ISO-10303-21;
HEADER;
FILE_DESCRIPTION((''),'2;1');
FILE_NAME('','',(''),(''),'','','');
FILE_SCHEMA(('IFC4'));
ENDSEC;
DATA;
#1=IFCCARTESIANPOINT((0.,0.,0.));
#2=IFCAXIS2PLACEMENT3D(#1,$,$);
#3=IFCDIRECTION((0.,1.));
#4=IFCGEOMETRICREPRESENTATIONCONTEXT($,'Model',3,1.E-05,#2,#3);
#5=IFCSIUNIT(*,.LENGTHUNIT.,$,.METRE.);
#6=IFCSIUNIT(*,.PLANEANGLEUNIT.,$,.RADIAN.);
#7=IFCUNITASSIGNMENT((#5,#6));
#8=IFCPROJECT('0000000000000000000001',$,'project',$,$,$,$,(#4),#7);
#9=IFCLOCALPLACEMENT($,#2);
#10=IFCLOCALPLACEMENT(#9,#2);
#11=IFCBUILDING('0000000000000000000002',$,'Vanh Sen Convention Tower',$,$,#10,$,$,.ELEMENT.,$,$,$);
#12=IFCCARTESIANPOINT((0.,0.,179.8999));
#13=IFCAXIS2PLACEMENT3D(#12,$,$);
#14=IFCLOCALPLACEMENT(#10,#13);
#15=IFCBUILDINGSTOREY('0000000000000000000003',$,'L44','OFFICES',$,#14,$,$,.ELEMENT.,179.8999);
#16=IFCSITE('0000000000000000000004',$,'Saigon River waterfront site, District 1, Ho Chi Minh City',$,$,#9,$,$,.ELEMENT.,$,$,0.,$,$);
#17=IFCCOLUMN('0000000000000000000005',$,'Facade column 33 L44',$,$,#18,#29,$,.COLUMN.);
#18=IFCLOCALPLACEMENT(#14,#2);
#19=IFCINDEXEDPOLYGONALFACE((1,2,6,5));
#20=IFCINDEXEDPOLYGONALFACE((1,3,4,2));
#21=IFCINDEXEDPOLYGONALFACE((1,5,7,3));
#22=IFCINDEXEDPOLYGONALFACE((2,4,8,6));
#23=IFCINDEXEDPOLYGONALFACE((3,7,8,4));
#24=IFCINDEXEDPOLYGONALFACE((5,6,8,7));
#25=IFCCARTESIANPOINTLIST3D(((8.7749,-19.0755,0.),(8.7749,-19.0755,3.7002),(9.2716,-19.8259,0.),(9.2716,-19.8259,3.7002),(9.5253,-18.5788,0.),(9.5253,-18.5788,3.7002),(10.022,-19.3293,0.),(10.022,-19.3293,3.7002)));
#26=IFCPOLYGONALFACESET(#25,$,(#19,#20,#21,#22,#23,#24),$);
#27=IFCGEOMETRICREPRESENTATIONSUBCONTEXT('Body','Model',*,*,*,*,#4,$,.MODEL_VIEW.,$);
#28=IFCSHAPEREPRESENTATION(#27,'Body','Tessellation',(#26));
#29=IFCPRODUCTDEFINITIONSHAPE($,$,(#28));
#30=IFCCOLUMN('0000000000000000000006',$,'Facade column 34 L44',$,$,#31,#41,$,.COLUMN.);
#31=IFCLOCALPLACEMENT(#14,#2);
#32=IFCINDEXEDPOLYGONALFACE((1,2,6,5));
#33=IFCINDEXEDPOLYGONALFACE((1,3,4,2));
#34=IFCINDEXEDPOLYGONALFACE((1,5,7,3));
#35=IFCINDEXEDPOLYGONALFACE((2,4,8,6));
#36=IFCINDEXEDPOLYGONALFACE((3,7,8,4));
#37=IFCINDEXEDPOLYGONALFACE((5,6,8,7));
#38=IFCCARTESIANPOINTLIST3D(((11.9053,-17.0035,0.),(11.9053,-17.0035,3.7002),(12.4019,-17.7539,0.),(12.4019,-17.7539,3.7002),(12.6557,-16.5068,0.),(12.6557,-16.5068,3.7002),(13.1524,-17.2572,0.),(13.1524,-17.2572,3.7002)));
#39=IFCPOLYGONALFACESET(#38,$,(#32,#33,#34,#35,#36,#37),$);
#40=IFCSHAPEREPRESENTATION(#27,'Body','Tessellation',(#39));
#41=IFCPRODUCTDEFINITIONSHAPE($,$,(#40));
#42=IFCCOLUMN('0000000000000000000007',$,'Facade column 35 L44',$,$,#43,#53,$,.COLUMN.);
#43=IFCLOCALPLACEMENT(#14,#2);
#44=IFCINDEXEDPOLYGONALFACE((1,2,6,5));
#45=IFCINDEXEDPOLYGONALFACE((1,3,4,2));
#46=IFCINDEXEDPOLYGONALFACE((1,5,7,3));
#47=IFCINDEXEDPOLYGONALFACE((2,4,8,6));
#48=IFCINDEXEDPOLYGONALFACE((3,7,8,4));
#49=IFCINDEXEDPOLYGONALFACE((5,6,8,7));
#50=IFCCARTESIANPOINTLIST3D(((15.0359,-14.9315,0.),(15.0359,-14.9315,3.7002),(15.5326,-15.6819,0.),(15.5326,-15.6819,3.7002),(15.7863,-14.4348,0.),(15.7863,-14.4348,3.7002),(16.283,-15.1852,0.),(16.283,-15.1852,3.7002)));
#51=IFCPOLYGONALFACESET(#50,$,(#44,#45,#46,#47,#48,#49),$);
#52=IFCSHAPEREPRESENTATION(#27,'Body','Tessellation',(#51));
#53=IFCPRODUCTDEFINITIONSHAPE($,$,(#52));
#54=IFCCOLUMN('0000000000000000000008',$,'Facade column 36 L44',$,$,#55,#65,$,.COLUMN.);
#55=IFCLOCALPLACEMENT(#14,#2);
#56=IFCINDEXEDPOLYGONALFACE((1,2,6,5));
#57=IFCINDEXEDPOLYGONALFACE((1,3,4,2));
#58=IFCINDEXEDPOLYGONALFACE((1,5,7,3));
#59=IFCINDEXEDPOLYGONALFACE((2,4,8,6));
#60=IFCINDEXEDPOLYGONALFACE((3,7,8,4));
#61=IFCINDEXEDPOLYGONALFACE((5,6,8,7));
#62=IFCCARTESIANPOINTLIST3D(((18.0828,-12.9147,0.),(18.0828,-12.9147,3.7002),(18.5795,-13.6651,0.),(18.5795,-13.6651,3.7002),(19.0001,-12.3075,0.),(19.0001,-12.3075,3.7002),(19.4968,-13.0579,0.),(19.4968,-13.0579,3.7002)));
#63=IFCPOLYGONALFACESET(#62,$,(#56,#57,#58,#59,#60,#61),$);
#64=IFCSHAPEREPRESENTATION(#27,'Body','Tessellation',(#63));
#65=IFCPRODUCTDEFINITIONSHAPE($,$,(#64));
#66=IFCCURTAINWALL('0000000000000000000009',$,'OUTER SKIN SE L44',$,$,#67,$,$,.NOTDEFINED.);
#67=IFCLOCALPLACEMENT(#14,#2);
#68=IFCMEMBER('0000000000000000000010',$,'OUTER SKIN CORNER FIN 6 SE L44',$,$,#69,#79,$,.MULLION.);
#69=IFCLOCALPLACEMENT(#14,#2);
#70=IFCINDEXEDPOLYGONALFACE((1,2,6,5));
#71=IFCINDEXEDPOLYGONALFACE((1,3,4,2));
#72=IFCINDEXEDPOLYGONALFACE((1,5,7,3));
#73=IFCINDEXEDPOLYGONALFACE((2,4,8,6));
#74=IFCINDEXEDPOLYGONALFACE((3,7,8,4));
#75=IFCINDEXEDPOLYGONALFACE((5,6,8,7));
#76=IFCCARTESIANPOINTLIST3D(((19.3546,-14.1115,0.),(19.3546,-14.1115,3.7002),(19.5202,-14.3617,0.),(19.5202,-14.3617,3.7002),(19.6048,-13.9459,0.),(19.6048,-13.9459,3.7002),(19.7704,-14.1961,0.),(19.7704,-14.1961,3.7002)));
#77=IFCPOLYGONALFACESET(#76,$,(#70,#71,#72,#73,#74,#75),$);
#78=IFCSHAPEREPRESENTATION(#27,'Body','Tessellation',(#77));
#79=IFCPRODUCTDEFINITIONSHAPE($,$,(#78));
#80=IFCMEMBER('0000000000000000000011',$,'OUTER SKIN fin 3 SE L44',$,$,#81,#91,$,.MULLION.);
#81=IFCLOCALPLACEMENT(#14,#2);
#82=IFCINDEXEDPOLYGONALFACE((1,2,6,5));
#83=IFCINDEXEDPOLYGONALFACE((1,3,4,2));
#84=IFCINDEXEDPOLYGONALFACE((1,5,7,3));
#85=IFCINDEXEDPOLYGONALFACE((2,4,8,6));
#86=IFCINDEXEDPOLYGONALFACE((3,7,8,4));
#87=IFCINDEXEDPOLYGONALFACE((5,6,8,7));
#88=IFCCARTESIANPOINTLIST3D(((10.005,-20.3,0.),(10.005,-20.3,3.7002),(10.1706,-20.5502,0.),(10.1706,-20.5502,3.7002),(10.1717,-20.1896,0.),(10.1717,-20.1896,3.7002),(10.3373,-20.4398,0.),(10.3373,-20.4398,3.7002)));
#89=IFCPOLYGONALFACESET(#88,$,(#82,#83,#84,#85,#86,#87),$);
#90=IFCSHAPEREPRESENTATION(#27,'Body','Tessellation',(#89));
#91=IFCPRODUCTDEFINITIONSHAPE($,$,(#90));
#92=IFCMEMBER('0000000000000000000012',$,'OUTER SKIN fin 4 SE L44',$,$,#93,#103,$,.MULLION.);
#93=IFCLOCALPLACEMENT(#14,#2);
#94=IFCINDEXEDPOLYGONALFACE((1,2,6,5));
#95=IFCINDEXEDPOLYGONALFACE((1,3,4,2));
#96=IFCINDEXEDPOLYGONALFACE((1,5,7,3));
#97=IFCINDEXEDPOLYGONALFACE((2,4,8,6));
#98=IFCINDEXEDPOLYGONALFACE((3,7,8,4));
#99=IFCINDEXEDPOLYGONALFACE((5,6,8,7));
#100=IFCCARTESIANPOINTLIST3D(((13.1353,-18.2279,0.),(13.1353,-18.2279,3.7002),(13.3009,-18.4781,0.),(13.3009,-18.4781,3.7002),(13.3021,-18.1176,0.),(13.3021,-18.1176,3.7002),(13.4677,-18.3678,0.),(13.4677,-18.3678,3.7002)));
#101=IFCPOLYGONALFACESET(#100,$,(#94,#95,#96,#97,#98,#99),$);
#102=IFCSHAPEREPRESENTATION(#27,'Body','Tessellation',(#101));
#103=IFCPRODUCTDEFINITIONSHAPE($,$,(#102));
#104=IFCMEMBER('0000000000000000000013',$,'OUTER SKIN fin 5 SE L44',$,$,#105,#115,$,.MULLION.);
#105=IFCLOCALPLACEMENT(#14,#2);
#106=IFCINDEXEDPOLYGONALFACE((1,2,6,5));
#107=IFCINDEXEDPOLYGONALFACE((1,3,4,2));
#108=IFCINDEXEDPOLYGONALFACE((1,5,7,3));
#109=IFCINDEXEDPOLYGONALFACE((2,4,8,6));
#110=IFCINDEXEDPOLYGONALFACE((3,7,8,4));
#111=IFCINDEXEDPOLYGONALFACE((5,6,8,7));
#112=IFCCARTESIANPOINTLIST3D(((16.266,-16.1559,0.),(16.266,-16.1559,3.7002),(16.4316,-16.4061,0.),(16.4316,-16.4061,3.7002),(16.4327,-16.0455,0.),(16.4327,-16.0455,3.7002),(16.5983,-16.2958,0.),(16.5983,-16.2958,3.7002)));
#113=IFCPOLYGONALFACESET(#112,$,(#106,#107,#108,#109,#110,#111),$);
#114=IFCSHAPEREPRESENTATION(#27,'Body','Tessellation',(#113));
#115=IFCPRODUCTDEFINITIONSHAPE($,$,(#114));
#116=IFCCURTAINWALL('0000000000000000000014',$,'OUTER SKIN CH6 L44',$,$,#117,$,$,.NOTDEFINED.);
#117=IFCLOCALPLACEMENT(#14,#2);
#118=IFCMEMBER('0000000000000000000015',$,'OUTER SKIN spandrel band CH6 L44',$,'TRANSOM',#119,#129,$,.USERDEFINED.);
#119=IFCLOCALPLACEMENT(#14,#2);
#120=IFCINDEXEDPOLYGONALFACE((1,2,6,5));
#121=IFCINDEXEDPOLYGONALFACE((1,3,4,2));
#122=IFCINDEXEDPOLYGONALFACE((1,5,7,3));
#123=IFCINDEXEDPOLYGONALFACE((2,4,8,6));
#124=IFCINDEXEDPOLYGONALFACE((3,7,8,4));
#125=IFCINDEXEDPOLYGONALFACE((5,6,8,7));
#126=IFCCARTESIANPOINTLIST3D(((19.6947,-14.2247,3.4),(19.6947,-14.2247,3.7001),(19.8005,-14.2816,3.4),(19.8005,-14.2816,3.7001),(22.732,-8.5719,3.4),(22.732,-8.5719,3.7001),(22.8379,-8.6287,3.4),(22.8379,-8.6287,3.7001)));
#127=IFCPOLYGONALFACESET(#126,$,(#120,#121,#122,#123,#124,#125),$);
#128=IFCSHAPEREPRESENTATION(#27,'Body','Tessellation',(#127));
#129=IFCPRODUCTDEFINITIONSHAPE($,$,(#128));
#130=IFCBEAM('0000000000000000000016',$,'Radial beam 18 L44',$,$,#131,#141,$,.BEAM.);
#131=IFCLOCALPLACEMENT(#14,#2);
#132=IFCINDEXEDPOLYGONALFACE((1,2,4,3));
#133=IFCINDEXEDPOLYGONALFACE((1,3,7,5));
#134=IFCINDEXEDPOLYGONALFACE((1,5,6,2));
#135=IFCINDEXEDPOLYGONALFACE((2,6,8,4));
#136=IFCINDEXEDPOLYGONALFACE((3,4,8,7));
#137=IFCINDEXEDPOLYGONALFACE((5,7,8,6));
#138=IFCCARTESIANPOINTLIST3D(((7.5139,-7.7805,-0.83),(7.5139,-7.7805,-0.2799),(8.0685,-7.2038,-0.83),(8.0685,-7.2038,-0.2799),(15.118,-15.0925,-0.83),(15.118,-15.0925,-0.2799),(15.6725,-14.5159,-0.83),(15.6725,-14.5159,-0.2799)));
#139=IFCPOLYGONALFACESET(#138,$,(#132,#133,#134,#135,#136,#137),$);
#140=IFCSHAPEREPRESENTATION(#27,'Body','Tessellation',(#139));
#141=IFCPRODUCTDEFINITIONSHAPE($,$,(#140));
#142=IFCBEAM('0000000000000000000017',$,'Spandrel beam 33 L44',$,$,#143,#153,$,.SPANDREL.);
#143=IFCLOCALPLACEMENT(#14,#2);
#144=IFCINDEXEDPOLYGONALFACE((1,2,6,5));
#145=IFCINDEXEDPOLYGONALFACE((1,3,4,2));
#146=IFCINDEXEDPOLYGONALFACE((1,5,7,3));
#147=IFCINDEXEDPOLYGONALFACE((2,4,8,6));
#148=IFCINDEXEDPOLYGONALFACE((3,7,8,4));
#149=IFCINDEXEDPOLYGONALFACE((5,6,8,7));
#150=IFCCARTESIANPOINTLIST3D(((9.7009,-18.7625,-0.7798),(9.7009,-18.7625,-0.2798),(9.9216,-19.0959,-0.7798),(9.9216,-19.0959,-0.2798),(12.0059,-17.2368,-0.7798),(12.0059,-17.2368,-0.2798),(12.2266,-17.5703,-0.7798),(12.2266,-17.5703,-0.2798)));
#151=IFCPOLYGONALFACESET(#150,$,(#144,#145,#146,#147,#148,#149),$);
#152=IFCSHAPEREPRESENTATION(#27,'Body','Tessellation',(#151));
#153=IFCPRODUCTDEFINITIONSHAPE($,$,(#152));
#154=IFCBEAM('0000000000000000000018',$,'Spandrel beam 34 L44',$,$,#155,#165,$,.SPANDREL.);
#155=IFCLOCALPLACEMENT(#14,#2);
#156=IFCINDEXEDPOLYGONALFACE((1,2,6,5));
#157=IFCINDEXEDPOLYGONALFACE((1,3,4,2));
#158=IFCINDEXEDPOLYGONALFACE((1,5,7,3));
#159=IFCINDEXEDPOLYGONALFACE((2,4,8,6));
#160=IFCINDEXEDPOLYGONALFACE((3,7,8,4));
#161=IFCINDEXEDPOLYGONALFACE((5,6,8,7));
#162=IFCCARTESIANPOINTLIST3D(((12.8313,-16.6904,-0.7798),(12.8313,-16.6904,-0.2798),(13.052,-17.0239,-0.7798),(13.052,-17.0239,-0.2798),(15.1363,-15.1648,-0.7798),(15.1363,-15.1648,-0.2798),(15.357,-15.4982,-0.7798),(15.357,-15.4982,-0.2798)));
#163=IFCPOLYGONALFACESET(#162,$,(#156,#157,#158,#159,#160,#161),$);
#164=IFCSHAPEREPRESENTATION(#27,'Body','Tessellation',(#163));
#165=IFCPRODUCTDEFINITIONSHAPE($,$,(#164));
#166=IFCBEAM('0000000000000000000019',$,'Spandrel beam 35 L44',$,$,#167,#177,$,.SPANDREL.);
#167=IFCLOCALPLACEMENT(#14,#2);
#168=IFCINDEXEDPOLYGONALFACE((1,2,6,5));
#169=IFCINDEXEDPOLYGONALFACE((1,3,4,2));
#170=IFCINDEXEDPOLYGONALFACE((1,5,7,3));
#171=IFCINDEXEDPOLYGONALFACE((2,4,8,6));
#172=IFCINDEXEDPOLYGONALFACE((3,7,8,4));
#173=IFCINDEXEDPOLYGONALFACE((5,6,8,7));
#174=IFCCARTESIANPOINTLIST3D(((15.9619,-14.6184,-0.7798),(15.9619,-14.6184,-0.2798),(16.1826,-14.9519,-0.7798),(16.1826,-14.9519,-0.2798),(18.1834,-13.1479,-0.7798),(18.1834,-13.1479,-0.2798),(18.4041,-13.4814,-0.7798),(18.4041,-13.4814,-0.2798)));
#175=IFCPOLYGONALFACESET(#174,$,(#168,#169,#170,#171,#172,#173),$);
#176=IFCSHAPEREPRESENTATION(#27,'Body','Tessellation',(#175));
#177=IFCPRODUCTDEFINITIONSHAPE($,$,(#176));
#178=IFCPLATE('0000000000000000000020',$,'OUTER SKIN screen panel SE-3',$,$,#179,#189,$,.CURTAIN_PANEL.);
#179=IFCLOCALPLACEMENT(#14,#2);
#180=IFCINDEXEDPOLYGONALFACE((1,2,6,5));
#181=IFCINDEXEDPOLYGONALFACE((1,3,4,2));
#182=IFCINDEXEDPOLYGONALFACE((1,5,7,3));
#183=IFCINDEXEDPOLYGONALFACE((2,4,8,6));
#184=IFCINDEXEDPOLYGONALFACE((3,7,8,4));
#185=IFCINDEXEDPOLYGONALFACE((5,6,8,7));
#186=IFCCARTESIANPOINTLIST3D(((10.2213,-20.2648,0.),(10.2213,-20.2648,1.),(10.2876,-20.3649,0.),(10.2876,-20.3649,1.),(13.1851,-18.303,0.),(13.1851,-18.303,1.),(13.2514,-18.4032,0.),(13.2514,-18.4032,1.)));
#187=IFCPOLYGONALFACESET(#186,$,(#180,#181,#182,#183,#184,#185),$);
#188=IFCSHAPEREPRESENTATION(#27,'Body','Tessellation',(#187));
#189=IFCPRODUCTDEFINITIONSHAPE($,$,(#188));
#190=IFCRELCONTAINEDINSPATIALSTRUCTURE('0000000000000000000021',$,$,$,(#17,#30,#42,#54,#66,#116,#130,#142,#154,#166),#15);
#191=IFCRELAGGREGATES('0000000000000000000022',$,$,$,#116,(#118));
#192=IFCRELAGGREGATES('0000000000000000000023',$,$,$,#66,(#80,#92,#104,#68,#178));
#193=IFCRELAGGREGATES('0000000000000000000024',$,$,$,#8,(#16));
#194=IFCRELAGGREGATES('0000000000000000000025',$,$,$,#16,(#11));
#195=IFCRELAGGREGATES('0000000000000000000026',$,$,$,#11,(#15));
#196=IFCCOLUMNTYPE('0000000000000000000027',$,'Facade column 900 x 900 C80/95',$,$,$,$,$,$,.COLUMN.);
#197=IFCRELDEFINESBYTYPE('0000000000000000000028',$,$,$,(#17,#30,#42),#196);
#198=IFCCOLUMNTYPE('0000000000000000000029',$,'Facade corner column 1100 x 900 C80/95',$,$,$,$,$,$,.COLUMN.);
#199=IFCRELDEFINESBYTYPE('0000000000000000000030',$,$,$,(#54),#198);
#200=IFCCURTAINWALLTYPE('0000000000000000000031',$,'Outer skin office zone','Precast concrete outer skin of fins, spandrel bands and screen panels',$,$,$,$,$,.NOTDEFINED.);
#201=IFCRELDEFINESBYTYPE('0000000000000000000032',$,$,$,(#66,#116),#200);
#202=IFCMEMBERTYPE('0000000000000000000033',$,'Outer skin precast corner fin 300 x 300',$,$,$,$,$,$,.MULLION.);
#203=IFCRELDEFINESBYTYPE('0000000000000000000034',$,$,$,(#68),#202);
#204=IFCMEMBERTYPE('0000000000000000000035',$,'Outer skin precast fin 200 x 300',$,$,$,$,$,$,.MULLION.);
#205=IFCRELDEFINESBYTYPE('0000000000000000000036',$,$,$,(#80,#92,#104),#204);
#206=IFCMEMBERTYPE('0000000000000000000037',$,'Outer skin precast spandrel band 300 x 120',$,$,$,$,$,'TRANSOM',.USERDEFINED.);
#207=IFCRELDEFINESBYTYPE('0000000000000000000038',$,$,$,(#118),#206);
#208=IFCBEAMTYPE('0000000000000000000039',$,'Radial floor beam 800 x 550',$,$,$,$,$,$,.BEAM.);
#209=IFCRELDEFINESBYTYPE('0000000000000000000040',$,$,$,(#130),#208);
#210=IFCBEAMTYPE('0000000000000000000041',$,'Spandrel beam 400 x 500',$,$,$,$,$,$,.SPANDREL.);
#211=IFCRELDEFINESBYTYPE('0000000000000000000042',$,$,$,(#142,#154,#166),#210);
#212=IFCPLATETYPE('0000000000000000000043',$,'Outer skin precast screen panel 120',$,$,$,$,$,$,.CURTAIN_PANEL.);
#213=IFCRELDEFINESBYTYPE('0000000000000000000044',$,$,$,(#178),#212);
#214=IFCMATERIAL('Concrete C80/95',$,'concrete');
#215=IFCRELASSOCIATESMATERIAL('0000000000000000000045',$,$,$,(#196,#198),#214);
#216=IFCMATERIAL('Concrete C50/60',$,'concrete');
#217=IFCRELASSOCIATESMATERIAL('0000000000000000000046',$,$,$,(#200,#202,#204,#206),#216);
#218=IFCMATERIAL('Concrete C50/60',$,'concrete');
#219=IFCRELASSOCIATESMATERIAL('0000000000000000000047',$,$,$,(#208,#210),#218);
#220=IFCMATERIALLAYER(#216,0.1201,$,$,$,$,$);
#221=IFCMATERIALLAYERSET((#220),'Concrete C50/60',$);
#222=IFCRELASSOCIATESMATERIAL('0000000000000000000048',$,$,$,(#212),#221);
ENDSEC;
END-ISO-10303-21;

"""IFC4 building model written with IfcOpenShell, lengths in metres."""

from ifc_helpers import new_model, si_unit, direction, frame, origin, origin_2d, place, context, subcontext, project, spatial, rectangle, extrude, material, layer, layer_set, material_profile, profile_set, type_object, element, aggregate, save


model = new_model("IFC4")

# Units and contexts
model_context = context("Model", 3, precision=1e-05, world=origin(), true_north=direction((0.0, 1.0)))
body_context = subcontext(model_context, "Body", "Model", "MODEL_VIEW")
ifc_project = project(units=[si_unit("LENGTHUNIT", "METRE"), si_unit("PLANEANGLEUNIT", "RADIAN")], contexts=[model_context])

# Site, building, storey
site_placement = place(None, origin())
site = spatial("IfcSite", under=ifc_project, at=site_placement, Name="Saigon River waterfront site, District 1, Ho Chi Minh City", CompositionType="ELEMENT", RefElevation=0.0)
building_placement = place(site_placement, origin())
building = spatial("IfcBuilding", under=site, at=building_placement, Name="Vanh Sen Convention Tower", CompositionType="ELEMENT")
storey_placement = place(building_placement, frame((0.0, 0.0, 179.8999)))
storey = spatial("IfcBuildingStorey", under=building, at=storey_placement, Name="L44", Description="OFFICES", CompositionType="ELEMENT", Elevation=179.8999)

# Columns
ifc_material_1 = material(Name="Concrete C80/95", Category="concrete")
ifc_material_profile_1 = material_profile(ifc_material_1, rectangle(XDim=0.8999, YDim=0.8999, at=origin_2d()), Name="RC 900X900")
ifc_profile_set_1 = profile_set([ifc_material_profile_1], Name="Concrete C80/95")
column_type_1 = type_object("IfcColumnType", Name="Facade column 900 x 900 C80/95", PredefinedType="COLUMN", material=ifc_profile_set_1)
for number, where, z_axis, x_axis, name in (
    (1, (9.3984, -19.2024, 0.0), (0.0, 0.0, 1.0), (0.833886, 0.551937, 0.0), "Facade column 33 L44"),
    (2, (12.5288, -17.1304, 0.0), (0.0, 0.0, 1.0), (0.833886, 0.551937, 0.0), "Facade column 34 L44"),
    (3, (15.6594, -15.0583, 0.0), (0.0, 0.0, 1.0), (0.833886, 0.551937, 0.0), "Facade column 35 L44"),
):
    element("IfcColumn", number, at=place(storey_placement, frame(where, z_axis=z_axis, x_axis=x_axis)), inside=storey, type_object=column_type_1, Name=name, PredefinedType="COLUMN", context=body_context, shape_type="SweptSolid", body=[
        extrude(rectangle(XDim=0.8999, YDim=0.8999, at=origin_2d()), origin(), (0.0, 0.0, 1.0), 3.7002),
    ])
ifc_material_profile_2 = material_profile(ifc_material_1, rectangle(XDim=1.1001, YDim=0.8999, at=origin_2d()), Name="RC 1100X900")
ifc_profile_set_2 = profile_set([ifc_material_profile_2], Name="Concrete C80/95")
column_type_2 = type_object("IfcColumnType", Name="Facade corner column 1100 x 900 C80/95", PredefinedType="COLUMN", material=ifc_profile_set_2)
column_placement = place(storey_placement, frame((18.7898, -12.9863, 0.0), z_axis=(0.0, 0.0, 1.0), x_axis=(0.833886, 0.551937, 0.0)))
element("IfcColumn", 4, at=column_placement, inside=storey, type_object=column_type_2, Name="Facade column 36 L44", PredefinedType="COLUMN", context=body_context, shape_type="SweptSolid", body=[
    extrude(rectangle(XDim=1.1001, YDim=0.8999, at=origin_2d()), origin(), (0.0, 0.0, 1.0), 3.7002),
])

# Curtain wall, members
ifc_material_2 = material(Name="Concrete C50/60", Category="concrete")
curtain_wall_type = type_object("IfcCurtainWallType", Name="Outer skin office zone", Description="Precast concrete outer skin of fins, spandrel bands and screen panels", PredefinedType="NOTDEFINED", material=ifc_material_2)
curtain_wall_1_placement = place(storey_placement, origin())
curtain_wall_1 = element("IfcCurtainWall", 5, at=curtain_wall_1_placement, inside=storey, type_object=curtain_wall_type, Name="OUTER SKIN SE L44", PredefinedType="NOTDEFINED")
ifc_material_profile_3 = material_profile(ifc_material_2, rectangle(XDim=0.3, YDim=0.3, at=origin_2d()), Name="Outer skin precast corner fin 300 x 300")
ifc_profile_set_3 = profile_set([ifc_material_profile_3], Name="Concrete C50/60")
member_type_1 = type_object("IfcMemberType", Name="Outer skin precast corner fin 300 x 300", PredefinedType="MULLION", material=ifc_profile_set_3)
member_1_placement = place(storey_placement, frame((19.5625, -14.1538, 0.0), z_axis=(0.0, 0.0, 1.0), x_axis=(0.833886, 0.551937, 0.0)))
member_1 = element("IfcMember", 6, at=member_1_placement, type_object=member_type_1, Name="OUTER SKIN CORNER FIN 6 SE L44", PredefinedType="MULLION", context=body_context, shape_type="SweptSolid", body=[
    extrude(rectangle(XDim=0.3, YDim=0.3, at=origin_2d()), origin(), (0.0, 0.0, 1.0), 3.7002),
])
ifc_material_profile_4 = material_profile(ifc_material_2, rectangle(XDim=0.2, YDim=0.3, at=origin_2d()), Name="Outer skin precast fin 200 x 300")
ifc_profile_set_4 = profile_set([ifc_material_profile_4], Name="Concrete C50/60")
member_type_2 = type_object("IfcMemberType", Name="Outer skin precast fin 200 x 300", PredefinedType="MULLION", material=ifc_profile_set_4)
member_2_placement = place(storey_placement, frame((10.1711, -20.3699, 0.0), z_axis=(0.0, 0.0, 1.0), x_axis=(0.833886, 0.551937, 0.0)))
member_2 = element("IfcMember", 7, at=member_2_placement, type_object=member_type_2, Name="OUTER SKIN fin 3 SE L44", PredefinedType="MULLION", context=body_context, shape_type="SweptSolid", body=[
    extrude(rectangle(XDim=0.2, YDim=0.3, at=origin_2d()), origin(), (0.0, 0.0, 1.0), 3.7002),
])
member_3_placement = place(storey_placement, frame((13.3015, -18.2979, 0.0), z_axis=(0.0, 0.0, 1.0), x_axis=(0.833886, 0.551937, 0.0)))
member_3 = element("IfcMember", 8, at=member_3_placement, type_object=member_type_2, Name="OUTER SKIN fin 4 SE L44", PredefinedType="MULLION", context=body_context, shape_type="SweptSolid", body=[
    extrude(rectangle(XDim=0.2, YDim=0.3, at=origin_2d()), origin(), (0.0, 0.0, 1.0), 3.7002),
])
member_4_placement = place(storey_placement, frame((16.4321, -16.2258, 0.0), z_axis=(0.0, 0.0, 1.0), x_axis=(0.833886, 0.551937, 0.0)))
member_4 = element("IfcMember", 9, at=member_4_placement, type_object=member_type_2, Name="OUTER SKIN fin 5 SE L44", PredefinedType="MULLION", context=body_context, shape_type="SweptSolid", body=[
    extrude(rectangle(XDim=0.2, YDim=0.3, at=origin_2d()), origin(), (0.0, 0.0, 1.0), 3.7002),
])

# Curtain wall, member
curtain_wall_2_placement = place(storey_placement, origin())
curtain_wall_2 = element("IfcCurtainWall", 10, at=curtain_wall_2_placement, inside=storey, type_object=curtain_wall_type, Name="OUTER SKIN CH6 L44", PredefinedType="NOTDEFINED")
ifc_material_profile_5 = material_profile(ifc_material_2, rectangle(XDim=0.1201, YDim=0.3, at=origin_2d()), Name="Outer skin precast spandrel band 300 x 120")
ifc_profile_set_5 = profile_set([ifc_material_profile_5], Name="Concrete C50/60")
member_type_3 = type_object("IfcMemberType", Name="Outer skin precast spandrel band 300 x 120", ElementType="TRANSOM", PredefinedType="USERDEFINED", material=ifc_profile_set_5)
member_5_placement = place(storey_placement, frame((19.7476, -14.2532, 3.55), z_axis=(0.473317, 0.880892, 0.0), x_axis=(-0.880892, 0.473317, 0.0)))
member_5 = element("IfcMember", 11, at=member_5_placement, type_object=member_type_3, Name="OUTER SKIN spandrel band CH6 L44", ObjectType="TRANSOM", PredefinedType="USERDEFINED", context=body_context, shape_type="SweptSolid", body=[
    extrude(rectangle(XDim=0.1201, YDim=0.3, at=origin_2d()), origin(), (0.0, 0.0, 1.0), 6.4172),
])
aggregate(curtain_wall_2, [member_5])

# Beams
ifc_material_3 = material(Name="Concrete C50/60", Category="concrete")
ifc_material_profile_6 = material_profile(ifc_material_3, rectangle(XDim=0.8, YDim=0.55, at=origin_2d()), Name="RC 800X550")
ifc_profile_set_6 = profile_set([ifc_material_profile_6], Name="Concrete C50/60")
beam_type_1 = type_object("IfcBeamType", Name="Radial floor beam 800 x 550", PredefinedType="BEAM", material=ifc_profile_set_6)
beam_1_placement = place(storey_placement, frame((15.3953, -14.8042, -0.5549), z_axis=(-0.720811, 0.693132, 0.0), x_axis=(-0.693132, -0.720811, 0.0)))
element("IfcBeam", 12, at=beam_1_placement, inside=storey, type_object=beam_type_1, Name="Radial beam 18 L44", PredefinedType="BEAM", context=body_context, shape_type="SweptSolid", body=[
    extrude(rectangle(XDim=0.8, YDim=0.55, at=origin_2d()), origin(), (0.0, 0.0, 1.0), 10.5493),
])
ifc_material_profile_7 = material_profile(ifc_material_3, rectangle(XDim=0.3999, YDim=0.5, at=origin_2d()), Name="RC 400X500")
ifc_profile_set_7 = profile_set([ifc_material_profile_7], Name="Concrete C50/60")
beam_type_2 = type_object("IfcBeamType", Name="Spandrel beam 400 x 500", PredefinedType="SPANDREL", material=ifc_profile_set_7)
for number, where, z_axis, x_axis, name in (
    (13, (9.8113, -18.9292, -0.5298), (0.83388, 0.551945, 0.0), (-0.551945, 0.83388, 0.0), "Spandrel beam 33 L44"),
    (14, (12.9417, -16.8572, -0.5298), (0.83388, 0.551945, 0.0), (-0.551945, 0.83388, 0.0), "Spandrel beam 34 L44"),
):
    element("IfcBeam", number, at=place(storey_placement, frame(where, z_axis=z_axis, x_axis=x_axis)), inside=storey, type_object=beam_type_2, Name=name, PredefinedType="SPANDREL", context=body_context, shape_type="SweptSolid", body=[
        extrude(rectangle(XDim=0.3999, YDim=0.5, at=origin_2d()), origin(), (0.0, 0.0, 1.0), 2.7642),
    ])
beam_2_placement = place(storey_placement, frame((16.0723, -14.7852, -0.5298), z_axis=(0.833865, 0.551969, 0.0), x_axis=(-0.551969, 0.833865, 0.0)))
element("IfcBeam", 15, at=beam_2_placement, inside=storey, type_object=beam_type_2, Name="Spandrel beam 35 L44", PredefinedType="SPANDREL", context=body_context, shape_type="SweptSolid", body=[
    extrude(rectangle(XDim=0.3999, YDim=0.5, at=origin_2d()), origin(), (0.0, 0.0, 1.0), 2.6641),
])

# Plate
ifc_layer_1 = layer(ifc_material_2, 0.1201)
ifc_layer_set_1 = layer_set([ifc_layer_1], Name="Concrete C50/60")
plate_type = type_object("IfcPlateType", Name="Outer skin precast screen panel 120", PredefinedType="CURTAIN_PANEL", material=ifc_layer_set_1)
plate_1_placement = place(storey_placement, frame((11.7363, -19.334, 0.0), z_axis=(0.0, 0.0, 1.0), x_axis=(0.833877, 0.55195, 0.0)))
plate_1 = element("IfcPlate", 16, at=plate_1_placement, type_object=plate_type, Name="OUTER SKIN screen panel SE-3", PredefinedType="CURTAIN_PANEL", context=body_context, shape_type="SweptSolid", body=[
    extrude(rectangle(XDim=3.5542, YDim=0.1201, at=origin_2d()), origin(), (0.0, 0.0, 1.0), 1.0),
])
aggregate(curtain_wall_1, [member_2, member_3, member_4, member_1, plate_1])

save(model, "model.ifc")
